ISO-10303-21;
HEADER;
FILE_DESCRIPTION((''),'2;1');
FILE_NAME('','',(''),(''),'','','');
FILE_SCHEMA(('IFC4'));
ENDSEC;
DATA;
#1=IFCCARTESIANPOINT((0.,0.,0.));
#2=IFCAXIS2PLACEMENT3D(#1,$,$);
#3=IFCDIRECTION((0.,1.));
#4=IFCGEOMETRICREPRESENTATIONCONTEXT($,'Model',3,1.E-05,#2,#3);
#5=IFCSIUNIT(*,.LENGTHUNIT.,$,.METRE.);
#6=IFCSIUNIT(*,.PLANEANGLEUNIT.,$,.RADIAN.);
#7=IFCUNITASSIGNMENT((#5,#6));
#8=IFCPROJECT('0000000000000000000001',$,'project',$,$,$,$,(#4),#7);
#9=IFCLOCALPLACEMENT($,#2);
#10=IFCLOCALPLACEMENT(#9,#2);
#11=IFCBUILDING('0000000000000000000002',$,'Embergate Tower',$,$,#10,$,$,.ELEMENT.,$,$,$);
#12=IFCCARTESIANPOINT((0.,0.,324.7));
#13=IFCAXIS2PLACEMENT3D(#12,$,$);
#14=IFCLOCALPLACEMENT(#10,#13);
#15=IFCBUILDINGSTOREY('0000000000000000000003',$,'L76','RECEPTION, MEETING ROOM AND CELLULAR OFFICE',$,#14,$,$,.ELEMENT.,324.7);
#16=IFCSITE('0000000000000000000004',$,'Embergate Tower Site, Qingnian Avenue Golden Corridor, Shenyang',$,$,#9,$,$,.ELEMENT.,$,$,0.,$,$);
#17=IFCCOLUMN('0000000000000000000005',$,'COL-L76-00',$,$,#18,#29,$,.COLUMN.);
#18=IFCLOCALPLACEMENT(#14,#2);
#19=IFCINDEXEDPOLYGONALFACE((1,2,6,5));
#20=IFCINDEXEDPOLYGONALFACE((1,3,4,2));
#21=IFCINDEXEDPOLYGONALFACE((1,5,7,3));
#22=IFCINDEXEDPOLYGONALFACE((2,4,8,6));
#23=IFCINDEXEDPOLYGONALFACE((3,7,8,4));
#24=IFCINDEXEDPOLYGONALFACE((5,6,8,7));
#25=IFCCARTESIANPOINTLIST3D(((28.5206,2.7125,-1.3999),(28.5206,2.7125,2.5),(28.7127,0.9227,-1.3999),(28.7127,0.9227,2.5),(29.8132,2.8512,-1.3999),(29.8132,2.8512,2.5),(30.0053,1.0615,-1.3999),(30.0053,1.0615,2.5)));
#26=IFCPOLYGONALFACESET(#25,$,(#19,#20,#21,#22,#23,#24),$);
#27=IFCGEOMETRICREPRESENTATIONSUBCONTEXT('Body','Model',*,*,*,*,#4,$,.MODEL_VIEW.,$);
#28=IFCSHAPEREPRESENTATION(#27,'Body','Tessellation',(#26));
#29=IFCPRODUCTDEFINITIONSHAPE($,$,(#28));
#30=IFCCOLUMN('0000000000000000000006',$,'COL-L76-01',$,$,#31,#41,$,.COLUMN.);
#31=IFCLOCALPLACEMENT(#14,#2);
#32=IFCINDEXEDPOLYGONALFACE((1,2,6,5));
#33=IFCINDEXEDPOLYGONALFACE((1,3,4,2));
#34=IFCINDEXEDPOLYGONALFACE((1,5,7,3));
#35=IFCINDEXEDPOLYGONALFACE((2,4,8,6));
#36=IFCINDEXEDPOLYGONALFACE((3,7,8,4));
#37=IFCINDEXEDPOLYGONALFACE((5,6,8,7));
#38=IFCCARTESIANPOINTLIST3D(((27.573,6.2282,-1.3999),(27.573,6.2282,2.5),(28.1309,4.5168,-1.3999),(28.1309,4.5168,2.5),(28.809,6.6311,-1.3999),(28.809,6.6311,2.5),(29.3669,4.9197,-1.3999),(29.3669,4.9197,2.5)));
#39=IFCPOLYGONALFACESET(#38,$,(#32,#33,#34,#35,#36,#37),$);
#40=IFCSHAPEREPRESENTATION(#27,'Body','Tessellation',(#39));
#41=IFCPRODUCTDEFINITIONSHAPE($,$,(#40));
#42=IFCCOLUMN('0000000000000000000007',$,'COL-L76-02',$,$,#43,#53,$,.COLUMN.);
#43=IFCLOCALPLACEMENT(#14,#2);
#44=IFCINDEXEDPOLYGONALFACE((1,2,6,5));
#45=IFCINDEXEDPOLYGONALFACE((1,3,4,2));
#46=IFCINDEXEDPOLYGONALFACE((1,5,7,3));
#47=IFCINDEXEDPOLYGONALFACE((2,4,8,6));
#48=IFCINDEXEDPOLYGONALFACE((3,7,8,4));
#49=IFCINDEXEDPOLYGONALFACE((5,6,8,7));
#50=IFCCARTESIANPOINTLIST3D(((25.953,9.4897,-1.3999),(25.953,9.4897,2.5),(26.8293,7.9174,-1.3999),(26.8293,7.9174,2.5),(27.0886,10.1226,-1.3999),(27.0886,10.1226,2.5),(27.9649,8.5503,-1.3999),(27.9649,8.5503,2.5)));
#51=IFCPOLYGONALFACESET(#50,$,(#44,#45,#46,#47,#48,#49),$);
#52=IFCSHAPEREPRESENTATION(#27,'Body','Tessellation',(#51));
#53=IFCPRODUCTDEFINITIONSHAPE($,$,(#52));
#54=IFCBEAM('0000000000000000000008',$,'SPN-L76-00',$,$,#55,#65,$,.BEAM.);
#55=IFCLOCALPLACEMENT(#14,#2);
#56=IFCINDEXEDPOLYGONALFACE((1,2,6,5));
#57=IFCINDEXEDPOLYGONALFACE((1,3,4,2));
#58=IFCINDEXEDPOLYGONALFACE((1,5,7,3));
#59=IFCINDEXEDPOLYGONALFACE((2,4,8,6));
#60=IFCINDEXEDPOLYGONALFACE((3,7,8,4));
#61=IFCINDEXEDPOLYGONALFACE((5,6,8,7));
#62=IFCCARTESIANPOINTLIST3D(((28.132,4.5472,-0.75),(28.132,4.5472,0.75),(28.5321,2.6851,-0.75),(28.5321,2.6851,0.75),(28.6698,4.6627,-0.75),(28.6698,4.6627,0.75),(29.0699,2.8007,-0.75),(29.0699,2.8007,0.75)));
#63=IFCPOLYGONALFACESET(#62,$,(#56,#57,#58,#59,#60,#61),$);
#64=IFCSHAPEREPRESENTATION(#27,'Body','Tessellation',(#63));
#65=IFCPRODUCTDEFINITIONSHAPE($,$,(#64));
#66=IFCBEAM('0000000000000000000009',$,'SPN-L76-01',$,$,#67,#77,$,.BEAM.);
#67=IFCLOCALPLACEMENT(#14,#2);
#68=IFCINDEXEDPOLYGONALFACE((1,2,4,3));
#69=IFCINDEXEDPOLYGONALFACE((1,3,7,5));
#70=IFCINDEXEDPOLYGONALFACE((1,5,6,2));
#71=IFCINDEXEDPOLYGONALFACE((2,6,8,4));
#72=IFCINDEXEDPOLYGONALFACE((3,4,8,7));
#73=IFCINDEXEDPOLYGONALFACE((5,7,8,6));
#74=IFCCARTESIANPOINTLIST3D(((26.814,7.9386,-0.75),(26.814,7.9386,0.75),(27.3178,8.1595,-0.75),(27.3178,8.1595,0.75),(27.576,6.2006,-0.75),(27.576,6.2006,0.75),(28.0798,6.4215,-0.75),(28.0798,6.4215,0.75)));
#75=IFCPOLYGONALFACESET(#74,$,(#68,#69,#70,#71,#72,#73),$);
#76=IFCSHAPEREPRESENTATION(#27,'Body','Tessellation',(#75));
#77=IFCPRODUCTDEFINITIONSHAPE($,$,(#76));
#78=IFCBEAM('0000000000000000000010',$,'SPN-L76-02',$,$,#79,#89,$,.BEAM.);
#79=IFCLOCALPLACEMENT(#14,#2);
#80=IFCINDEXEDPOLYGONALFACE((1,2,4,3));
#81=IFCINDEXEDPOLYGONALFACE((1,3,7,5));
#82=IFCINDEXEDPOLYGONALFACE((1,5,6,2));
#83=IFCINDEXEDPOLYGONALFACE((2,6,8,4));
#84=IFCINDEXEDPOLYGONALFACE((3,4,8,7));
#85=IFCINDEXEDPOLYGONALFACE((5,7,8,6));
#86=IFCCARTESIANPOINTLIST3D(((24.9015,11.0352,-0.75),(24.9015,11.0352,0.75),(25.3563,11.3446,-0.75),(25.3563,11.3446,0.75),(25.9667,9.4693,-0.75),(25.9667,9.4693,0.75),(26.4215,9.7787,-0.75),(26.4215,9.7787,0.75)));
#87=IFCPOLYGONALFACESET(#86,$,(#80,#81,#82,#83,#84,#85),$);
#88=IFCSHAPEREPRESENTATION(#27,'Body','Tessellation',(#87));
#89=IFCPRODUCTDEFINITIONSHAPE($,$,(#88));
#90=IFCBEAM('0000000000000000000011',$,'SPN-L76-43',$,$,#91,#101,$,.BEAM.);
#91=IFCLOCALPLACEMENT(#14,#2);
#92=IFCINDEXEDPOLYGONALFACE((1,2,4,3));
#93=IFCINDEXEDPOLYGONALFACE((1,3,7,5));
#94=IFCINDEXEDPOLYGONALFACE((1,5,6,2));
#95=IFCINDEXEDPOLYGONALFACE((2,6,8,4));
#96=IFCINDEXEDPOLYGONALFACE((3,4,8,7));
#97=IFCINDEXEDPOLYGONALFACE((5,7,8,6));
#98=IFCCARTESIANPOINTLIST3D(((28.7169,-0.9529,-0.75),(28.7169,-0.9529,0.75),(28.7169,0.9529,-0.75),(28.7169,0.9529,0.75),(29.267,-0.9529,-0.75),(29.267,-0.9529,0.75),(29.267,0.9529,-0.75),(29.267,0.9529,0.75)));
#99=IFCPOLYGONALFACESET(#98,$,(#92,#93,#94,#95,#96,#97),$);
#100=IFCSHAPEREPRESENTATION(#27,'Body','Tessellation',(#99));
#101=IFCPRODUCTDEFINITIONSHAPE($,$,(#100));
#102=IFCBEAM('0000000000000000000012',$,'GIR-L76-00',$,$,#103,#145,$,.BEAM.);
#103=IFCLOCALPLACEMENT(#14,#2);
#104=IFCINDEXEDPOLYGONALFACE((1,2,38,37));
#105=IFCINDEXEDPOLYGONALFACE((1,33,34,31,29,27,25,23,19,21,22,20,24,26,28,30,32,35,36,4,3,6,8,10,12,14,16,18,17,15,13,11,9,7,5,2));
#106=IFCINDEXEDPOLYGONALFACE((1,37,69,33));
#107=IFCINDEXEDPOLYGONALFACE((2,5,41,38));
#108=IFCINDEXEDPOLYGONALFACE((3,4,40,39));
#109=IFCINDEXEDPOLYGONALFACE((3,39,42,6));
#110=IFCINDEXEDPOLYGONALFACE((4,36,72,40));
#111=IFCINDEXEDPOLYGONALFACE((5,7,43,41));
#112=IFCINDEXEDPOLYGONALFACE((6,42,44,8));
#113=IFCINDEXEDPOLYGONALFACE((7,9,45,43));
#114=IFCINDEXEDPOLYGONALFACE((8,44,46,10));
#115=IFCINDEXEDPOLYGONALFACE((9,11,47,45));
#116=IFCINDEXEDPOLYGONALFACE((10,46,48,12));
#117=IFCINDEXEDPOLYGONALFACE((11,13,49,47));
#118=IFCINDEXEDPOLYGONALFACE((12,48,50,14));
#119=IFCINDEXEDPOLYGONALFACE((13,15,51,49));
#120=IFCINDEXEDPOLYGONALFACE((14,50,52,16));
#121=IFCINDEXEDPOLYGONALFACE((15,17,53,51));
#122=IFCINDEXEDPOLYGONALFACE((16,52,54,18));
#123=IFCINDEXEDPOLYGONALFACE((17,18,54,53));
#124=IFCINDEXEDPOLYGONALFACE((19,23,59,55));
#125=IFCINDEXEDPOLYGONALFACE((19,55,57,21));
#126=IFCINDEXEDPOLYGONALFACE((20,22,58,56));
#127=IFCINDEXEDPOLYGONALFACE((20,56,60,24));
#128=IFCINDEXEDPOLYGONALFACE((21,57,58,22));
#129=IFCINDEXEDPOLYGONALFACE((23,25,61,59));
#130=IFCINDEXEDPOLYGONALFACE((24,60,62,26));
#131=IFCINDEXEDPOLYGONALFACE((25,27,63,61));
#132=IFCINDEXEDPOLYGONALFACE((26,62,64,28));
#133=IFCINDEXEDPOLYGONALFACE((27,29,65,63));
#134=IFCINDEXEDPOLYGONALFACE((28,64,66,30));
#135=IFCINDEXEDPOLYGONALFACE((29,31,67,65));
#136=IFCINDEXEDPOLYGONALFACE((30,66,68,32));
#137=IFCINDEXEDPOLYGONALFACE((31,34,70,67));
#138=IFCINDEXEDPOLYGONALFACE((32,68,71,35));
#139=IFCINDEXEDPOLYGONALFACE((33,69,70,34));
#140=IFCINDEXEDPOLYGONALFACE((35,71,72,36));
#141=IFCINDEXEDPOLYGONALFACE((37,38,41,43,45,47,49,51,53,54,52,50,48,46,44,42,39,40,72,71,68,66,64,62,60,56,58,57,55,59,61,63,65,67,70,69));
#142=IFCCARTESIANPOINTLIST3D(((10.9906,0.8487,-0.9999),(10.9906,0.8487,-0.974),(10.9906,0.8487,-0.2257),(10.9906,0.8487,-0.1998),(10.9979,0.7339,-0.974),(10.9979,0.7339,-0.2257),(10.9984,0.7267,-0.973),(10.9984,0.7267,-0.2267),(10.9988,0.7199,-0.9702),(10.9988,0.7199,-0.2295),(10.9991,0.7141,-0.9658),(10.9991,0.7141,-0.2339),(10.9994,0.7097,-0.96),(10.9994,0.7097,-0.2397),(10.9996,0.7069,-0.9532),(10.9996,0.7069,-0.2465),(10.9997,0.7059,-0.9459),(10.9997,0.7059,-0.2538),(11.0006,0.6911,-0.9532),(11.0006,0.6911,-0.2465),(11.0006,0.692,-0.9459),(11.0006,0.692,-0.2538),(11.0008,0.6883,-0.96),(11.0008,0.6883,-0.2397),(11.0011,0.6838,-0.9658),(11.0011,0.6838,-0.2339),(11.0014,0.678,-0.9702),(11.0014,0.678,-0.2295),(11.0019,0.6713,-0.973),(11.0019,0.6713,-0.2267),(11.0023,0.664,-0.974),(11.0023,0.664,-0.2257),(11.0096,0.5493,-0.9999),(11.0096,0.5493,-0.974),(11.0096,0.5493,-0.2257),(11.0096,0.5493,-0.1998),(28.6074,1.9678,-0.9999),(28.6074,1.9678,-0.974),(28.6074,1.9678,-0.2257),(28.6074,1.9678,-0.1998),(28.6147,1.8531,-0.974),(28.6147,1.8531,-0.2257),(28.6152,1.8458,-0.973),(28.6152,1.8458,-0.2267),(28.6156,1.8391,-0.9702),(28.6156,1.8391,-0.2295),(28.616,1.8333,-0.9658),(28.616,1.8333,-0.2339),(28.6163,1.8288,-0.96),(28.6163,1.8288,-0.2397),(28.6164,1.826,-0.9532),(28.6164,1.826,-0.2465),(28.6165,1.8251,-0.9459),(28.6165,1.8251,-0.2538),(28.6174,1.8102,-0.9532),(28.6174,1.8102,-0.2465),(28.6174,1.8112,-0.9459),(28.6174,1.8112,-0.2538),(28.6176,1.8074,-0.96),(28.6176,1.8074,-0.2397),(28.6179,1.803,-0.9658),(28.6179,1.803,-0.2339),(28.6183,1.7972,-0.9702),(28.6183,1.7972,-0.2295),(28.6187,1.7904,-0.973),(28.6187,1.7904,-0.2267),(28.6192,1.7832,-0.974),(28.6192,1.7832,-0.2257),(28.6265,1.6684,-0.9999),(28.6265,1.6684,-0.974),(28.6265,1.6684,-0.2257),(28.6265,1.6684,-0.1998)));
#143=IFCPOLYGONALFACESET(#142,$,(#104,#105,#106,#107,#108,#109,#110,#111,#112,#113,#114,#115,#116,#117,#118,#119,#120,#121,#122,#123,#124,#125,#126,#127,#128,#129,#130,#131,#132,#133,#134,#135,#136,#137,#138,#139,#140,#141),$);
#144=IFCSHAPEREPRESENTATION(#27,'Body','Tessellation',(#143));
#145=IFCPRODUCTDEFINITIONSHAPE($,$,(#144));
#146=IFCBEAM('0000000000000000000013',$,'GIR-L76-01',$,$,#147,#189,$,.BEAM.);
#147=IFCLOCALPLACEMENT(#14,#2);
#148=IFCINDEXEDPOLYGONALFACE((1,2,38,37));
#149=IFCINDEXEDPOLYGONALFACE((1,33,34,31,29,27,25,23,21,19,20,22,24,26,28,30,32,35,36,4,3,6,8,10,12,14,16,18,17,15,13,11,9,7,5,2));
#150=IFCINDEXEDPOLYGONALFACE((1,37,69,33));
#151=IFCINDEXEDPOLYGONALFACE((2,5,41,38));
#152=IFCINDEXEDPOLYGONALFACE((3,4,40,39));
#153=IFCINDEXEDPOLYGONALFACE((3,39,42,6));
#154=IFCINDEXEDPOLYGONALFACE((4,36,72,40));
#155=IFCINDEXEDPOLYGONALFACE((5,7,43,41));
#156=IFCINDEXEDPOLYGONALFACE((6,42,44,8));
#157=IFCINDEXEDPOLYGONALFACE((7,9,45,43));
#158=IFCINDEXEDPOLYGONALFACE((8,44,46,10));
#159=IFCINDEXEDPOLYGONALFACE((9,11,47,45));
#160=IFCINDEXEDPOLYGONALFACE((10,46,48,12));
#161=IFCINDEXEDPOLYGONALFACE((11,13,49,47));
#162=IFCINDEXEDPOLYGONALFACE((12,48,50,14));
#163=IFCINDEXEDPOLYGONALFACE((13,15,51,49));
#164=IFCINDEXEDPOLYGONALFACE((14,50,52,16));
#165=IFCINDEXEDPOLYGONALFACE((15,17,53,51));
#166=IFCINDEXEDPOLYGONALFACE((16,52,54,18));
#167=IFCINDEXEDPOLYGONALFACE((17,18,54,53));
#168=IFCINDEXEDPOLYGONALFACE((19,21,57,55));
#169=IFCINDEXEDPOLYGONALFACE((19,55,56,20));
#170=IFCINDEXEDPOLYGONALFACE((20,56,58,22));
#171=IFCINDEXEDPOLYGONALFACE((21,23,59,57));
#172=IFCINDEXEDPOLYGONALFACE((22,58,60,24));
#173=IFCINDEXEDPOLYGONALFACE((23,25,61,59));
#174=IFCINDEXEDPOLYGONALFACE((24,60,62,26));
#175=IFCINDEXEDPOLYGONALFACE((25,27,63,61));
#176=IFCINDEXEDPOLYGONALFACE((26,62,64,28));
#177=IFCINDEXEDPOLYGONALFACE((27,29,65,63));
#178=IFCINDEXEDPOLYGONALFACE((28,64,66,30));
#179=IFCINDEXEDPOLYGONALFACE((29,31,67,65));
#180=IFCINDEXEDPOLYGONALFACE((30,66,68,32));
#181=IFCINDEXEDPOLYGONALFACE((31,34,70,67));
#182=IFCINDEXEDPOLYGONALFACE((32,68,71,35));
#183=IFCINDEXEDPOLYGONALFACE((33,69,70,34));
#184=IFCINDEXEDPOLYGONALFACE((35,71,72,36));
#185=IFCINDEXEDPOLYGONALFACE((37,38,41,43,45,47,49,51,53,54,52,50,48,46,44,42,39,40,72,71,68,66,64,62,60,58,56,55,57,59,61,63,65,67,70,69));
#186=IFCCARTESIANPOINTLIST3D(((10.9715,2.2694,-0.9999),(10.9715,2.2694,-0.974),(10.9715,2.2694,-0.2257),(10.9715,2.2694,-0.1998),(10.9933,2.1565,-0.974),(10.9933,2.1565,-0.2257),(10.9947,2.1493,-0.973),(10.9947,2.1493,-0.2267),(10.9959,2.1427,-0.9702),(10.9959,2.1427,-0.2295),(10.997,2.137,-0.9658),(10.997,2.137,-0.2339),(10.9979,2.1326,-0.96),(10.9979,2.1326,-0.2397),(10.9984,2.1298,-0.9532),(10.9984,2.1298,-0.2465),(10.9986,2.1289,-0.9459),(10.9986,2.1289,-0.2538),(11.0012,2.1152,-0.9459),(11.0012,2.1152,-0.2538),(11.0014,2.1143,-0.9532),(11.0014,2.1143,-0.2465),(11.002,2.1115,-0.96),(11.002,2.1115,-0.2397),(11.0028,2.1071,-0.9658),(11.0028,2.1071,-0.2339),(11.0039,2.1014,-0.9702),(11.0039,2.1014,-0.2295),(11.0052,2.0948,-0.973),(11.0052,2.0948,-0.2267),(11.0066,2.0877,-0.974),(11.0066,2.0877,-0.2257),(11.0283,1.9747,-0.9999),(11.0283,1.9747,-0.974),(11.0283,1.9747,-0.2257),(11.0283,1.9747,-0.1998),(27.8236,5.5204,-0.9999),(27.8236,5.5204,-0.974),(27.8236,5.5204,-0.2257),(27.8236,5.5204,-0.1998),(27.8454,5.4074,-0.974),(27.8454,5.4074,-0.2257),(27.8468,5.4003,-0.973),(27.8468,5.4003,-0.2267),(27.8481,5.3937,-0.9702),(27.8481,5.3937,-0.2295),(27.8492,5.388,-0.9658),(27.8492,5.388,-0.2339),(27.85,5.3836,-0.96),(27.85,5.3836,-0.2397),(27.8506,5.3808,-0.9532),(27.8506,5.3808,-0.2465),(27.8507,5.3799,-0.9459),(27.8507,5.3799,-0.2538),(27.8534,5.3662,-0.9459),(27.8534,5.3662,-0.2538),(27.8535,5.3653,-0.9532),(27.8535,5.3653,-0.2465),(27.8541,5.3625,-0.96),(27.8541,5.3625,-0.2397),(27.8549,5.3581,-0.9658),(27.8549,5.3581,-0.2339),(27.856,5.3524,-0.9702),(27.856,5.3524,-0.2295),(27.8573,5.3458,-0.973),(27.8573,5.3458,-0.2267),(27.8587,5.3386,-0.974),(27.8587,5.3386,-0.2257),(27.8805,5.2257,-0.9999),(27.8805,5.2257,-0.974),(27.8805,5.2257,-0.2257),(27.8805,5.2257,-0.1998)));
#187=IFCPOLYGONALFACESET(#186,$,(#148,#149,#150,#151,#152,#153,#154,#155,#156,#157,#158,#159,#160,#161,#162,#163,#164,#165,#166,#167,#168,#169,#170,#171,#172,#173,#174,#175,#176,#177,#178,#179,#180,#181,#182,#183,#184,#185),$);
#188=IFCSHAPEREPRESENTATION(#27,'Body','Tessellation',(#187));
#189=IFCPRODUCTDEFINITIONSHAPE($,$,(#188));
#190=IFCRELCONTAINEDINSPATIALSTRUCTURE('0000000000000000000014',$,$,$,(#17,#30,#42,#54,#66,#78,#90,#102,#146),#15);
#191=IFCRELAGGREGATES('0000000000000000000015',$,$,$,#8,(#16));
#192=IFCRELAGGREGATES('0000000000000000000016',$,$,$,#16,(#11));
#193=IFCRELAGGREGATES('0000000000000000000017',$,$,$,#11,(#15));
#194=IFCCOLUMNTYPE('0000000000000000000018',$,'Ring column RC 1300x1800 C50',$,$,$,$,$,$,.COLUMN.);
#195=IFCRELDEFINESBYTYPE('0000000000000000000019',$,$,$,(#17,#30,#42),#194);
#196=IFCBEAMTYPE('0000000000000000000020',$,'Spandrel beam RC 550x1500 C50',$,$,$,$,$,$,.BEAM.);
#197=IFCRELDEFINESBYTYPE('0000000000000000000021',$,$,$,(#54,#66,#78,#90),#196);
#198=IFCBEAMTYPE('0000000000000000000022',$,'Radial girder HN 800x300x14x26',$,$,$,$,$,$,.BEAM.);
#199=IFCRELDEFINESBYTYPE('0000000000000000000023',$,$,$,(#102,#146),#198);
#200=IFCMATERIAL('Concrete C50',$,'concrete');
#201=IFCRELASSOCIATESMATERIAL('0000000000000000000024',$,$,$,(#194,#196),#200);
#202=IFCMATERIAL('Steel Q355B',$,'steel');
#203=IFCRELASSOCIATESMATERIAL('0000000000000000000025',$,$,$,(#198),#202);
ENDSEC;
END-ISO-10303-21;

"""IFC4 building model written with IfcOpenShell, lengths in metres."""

from ifc_helpers import new_model, si_unit, direction, frame, origin, origin_2d, place, context, subcontext, project, spatial, rectangle, i_section, extrude, source, transform, mapped, material, material_profile, profile_set, type_object, element, save


model = new_model("IFC4")

# Units and contexts
model_context = context("Model", 3, precision=1e-05, world=origin(), true_north=direction((0.0, 1.0)))
body_context = subcontext(model_context, "Body", "Model", "MODEL_VIEW")
ifc_project = project(units=[si_unit("LENGTHUNIT", "METRE"), si_unit("PLANEANGLEUNIT", "RADIAN")], contexts=[model_context])

# Site, building, storey
site_placement = place(None, origin())
site = spatial("IfcSite", under=ifc_project, at=site_placement, Name="Embergate Tower Site, Qingnian Avenue Golden Corridor, Shenyang", CompositionType="ELEMENT", RefElevation=0.0)
building_placement = place(site_placement, origin())
building = spatial("IfcBuilding", under=site, at=building_placement, Name="Embergate Tower", CompositionType="ELEMENT")
storey_placement = place(building_placement, frame((0.0, 0.0, 324.7)))
storey = spatial("IfcBuildingStorey", under=building, at=storey_placement, Name="L76", Description="RECEPTION, MEETING ROOM AND CELLULAR OFFICE", CompositionType="ELEMENT", Elevation=324.7)

# Columns
ifc_material_1 = material(Name="Concrete C50", Category="concrete")
ifc_material_profile_1 = material_profile(ifc_material_1, rectangle(XDim=1.3, YDim=1.8, at=origin_2d()), Name="RC 1300x1800")
ifc_profile_set_1 = profile_set([ifc_material_profile_1], Name="Concrete C50")
column_type = type_object("IfcColumnType", Name="Ring column RC 1300x1800 C50", PredefinedType="COLUMN", material=ifc_profile_set_1)
shared_shape_1 = source(origin(), body_context, "Body", "SweptSolid", [
    extrude(rectangle(XDim=1.3, YDim=1.8, at=origin_2d()), origin(), (0.0, 0.0, 1.0), 3.8999),
])
for number, where, z_axis, x_axis, name in (
    (1, (29.2629, 1.887, -1.3999), (0.0, 0.0, 1.0), (0.994286, 0.10675, 0.0), "COL-L76-00"),
    (2, (28.47, 5.574, -1.3999), (0.0, 0.0, 1.0), (0.950754, 0.309946, 0.0), "COL-L76-01"),
    (3, (26.959, 9.02, -1.3999), (0.0, 0.0, 1.0), (0.8735, 0.486823, 0.0), "COL-L76-02"),
):
    element("IfcColumn", number, at=place(storey_placement, frame(where, z_axis=z_axis, x_axis=x_axis)), inside=storey, type_object=column_type, Name=name, PredefinedType="COLUMN", context=body_context, shape_type="MappedRepresentation", body=[
        mapped(shared_shape_1, transform((0.0, 0.0, 0.0))),
    ])

# Beams
ifc_material_profile_2 = material_profile(ifc_material_1, rectangle(XDim=0.55, YDim=1.5, at=origin_2d()), Name="RC 550x1500")
ifc_profile_set_2 = profile_set([ifc_material_profile_2], Name="Concrete C50")
beam_type_1 = type_object("IfcBeamType", Name="Spandrel beam RC 550x1500 C50", PredefinedType="BEAM", material=ifc_profile_set_2)
shared_shape_2 = source(origin(), body_context, "Body", "SweptSolid", [
    extrude(rectangle(XDim=0.55, YDim=1.5, at=origin_2d()), origin(), (0.0, 0.0, 1.0), 1.9045),
])
beam_1_placement = place(storey_placement, frame((28.801, 2.7429, 0.0), z_axis=(-0.210098, 0.97768, 0.0), x_axis=(-0.97768, -0.210098, 0.0)))
element("IfcBeam", 4, at=beam_1_placement, inside=storey, type_object=beam_type_1, Name="SPN-L76-00", PredefinedType="BEAM", context=body_context, shape_type="MappedRepresentation", body=[
    mapped(shared_shape_2, transform((0.0, 0.0, 0.0))),
])
shared_shape_3 = source(origin(), body_context, "Body", "SweptSolid", [
    extrude(rectangle(XDim=0.55, YDim=1.5, at=origin_2d()), origin(), (0.0, 0.0, 1.0), 1.8977),
])
beam_2_placement = place(storey_placement, frame((27.8279, 6.311, 0.0), z_axis=(-0.401514, 0.915853, 0.0), x_axis=(-0.915853, -0.401514, 0.0)))
element("IfcBeam", 5, at=beam_2_placement, inside=storey, type_object=beam_type_1, Name="SPN-L76-01", PredefinedType="BEAM", context=body_context, shape_type="MappedRepresentation", body=[
    mapped(shared_shape_3, transform((0.0, 0.0, 0.0))),
])
shared_shape_4 = source(origin(), body_context, "Body", "SweptSolid", [
    extrude(rectangle(XDim=0.55, YDim=1.5, at=origin_2d()), origin(), (0.0, 0.0, 1.0), 1.8938),
])
beam_3_placement = place(storey_placement, frame((26.1941, 9.624, 0.0), z_axis=(-0.56244, 0.826838, 0.0), x_axis=(-0.826838, -0.56244, 0.0)))
element("IfcBeam", 6, at=beam_3_placement, inside=storey, type_object=beam_type_1, Name="SPN-L76-02", PredefinedType="BEAM", context=body_context, shape_type="MappedRepresentation", body=[
    mapped(shared_shape_4, transform((0.0, 0.0, 0.0))),
])
shared_shape_5 = source(origin(), body_context, "Body", "SweptSolid", [
    extrude(rectangle(XDim=0.55, YDim=1.5, at=origin_2d()), origin(), (0.0, 0.0, 1.0), 1.9058),
])
beam_4_placement = place(storey_placement, frame((28.9919, -0.9529, 0.0), z_axis=(0.0, 1.0, 0.0), x_axis=(-1.0, 0.0, 0.0)))
element("IfcBeam", 7, at=beam_4_placement, inside=storey, type_object=beam_type_1, Name="SPN-L76-43", PredefinedType="BEAM", context=body_context, shape_type="MappedRepresentation", body=[
    mapped(shared_shape_5, transform((0.0, 0.0, 0.0))),
])
ifc_material_2 = material(Name="Steel Q355B", Category="steel")
ifc_material_profile_3 = material_profile(ifc_material_2, i_section(OverallWidth=0.3, OverallDepth=0.8, WebThickness=0.0139, FlangeThickness=0.0259, FilletRadius=0.0281, at=origin_2d()), Name="HN 800x300x14x26")
ifc_profile_set_3 = profile_set([ifc_material_profile_3], Name="Steel Q355 grade B")
beam_type_2 = type_object("IfcBeamType", Name="Radial girder HN 800x300x14x26", PredefinedType="BEAM", material=ifc_profile_set_3)
shared_shape_6 = source(origin(), body_context, "Body", "SweptSolid", [
    extrude(i_section(OverallWidth=0.3, OverallDepth=0.8, WebThickness=0.0139, FlangeThickness=0.0259, FilletRadius=0.0281, at=origin_2d()), origin(), (0.0, 0.0, 1.0), 17.6523),
])
beam_5_placement = place(storey_placement, frame((28.6169, 1.8181, -0.5999), z_axis=(-0.997988, -0.063399, 0.0), x_axis=(0.063399, -0.997988, 0.0)))
element("IfcBeam", 8, at=beam_5_placement, inside=storey, type_object=beam_type_2, Name="GIR-L76-00", PredefinedType="BEAM", context=body_context, shape_type="MappedRepresentation", body=[
    mapped(shared_shape_6, transform((0.0, 0.0, 0.0))),
])
shared_shape_7 = source(origin(), body_context, "Body", "SweptSolid", [
    extrude(i_section(OverallWidth=0.3, OverallDepth=0.8, WebThickness=0.0139, FlangeThickness=0.0259, FilletRadius=0.0281, at=origin_2d()), origin(), (0.0, 0.0, 1.0), 17.1628),
])
beam_6_placement = place(storey_placement, frame((27.8521, 5.373, -0.5999), z_axis=(-0.981896, -0.18942, 0.0), x_axis=(0.18942, -0.981896, 0.0)))
element("IfcBeam", 9, at=beam_6_placement, inside=storey, type_object=beam_type_2, Name="GIR-L76-01", PredefinedType="BEAM", context=body_context, shape_type="MappedRepresentation", body=[
    mapped(shared_shape_7, transform((0.0, 0.0, 0.0))),
])

save(model, "model.ifc")
